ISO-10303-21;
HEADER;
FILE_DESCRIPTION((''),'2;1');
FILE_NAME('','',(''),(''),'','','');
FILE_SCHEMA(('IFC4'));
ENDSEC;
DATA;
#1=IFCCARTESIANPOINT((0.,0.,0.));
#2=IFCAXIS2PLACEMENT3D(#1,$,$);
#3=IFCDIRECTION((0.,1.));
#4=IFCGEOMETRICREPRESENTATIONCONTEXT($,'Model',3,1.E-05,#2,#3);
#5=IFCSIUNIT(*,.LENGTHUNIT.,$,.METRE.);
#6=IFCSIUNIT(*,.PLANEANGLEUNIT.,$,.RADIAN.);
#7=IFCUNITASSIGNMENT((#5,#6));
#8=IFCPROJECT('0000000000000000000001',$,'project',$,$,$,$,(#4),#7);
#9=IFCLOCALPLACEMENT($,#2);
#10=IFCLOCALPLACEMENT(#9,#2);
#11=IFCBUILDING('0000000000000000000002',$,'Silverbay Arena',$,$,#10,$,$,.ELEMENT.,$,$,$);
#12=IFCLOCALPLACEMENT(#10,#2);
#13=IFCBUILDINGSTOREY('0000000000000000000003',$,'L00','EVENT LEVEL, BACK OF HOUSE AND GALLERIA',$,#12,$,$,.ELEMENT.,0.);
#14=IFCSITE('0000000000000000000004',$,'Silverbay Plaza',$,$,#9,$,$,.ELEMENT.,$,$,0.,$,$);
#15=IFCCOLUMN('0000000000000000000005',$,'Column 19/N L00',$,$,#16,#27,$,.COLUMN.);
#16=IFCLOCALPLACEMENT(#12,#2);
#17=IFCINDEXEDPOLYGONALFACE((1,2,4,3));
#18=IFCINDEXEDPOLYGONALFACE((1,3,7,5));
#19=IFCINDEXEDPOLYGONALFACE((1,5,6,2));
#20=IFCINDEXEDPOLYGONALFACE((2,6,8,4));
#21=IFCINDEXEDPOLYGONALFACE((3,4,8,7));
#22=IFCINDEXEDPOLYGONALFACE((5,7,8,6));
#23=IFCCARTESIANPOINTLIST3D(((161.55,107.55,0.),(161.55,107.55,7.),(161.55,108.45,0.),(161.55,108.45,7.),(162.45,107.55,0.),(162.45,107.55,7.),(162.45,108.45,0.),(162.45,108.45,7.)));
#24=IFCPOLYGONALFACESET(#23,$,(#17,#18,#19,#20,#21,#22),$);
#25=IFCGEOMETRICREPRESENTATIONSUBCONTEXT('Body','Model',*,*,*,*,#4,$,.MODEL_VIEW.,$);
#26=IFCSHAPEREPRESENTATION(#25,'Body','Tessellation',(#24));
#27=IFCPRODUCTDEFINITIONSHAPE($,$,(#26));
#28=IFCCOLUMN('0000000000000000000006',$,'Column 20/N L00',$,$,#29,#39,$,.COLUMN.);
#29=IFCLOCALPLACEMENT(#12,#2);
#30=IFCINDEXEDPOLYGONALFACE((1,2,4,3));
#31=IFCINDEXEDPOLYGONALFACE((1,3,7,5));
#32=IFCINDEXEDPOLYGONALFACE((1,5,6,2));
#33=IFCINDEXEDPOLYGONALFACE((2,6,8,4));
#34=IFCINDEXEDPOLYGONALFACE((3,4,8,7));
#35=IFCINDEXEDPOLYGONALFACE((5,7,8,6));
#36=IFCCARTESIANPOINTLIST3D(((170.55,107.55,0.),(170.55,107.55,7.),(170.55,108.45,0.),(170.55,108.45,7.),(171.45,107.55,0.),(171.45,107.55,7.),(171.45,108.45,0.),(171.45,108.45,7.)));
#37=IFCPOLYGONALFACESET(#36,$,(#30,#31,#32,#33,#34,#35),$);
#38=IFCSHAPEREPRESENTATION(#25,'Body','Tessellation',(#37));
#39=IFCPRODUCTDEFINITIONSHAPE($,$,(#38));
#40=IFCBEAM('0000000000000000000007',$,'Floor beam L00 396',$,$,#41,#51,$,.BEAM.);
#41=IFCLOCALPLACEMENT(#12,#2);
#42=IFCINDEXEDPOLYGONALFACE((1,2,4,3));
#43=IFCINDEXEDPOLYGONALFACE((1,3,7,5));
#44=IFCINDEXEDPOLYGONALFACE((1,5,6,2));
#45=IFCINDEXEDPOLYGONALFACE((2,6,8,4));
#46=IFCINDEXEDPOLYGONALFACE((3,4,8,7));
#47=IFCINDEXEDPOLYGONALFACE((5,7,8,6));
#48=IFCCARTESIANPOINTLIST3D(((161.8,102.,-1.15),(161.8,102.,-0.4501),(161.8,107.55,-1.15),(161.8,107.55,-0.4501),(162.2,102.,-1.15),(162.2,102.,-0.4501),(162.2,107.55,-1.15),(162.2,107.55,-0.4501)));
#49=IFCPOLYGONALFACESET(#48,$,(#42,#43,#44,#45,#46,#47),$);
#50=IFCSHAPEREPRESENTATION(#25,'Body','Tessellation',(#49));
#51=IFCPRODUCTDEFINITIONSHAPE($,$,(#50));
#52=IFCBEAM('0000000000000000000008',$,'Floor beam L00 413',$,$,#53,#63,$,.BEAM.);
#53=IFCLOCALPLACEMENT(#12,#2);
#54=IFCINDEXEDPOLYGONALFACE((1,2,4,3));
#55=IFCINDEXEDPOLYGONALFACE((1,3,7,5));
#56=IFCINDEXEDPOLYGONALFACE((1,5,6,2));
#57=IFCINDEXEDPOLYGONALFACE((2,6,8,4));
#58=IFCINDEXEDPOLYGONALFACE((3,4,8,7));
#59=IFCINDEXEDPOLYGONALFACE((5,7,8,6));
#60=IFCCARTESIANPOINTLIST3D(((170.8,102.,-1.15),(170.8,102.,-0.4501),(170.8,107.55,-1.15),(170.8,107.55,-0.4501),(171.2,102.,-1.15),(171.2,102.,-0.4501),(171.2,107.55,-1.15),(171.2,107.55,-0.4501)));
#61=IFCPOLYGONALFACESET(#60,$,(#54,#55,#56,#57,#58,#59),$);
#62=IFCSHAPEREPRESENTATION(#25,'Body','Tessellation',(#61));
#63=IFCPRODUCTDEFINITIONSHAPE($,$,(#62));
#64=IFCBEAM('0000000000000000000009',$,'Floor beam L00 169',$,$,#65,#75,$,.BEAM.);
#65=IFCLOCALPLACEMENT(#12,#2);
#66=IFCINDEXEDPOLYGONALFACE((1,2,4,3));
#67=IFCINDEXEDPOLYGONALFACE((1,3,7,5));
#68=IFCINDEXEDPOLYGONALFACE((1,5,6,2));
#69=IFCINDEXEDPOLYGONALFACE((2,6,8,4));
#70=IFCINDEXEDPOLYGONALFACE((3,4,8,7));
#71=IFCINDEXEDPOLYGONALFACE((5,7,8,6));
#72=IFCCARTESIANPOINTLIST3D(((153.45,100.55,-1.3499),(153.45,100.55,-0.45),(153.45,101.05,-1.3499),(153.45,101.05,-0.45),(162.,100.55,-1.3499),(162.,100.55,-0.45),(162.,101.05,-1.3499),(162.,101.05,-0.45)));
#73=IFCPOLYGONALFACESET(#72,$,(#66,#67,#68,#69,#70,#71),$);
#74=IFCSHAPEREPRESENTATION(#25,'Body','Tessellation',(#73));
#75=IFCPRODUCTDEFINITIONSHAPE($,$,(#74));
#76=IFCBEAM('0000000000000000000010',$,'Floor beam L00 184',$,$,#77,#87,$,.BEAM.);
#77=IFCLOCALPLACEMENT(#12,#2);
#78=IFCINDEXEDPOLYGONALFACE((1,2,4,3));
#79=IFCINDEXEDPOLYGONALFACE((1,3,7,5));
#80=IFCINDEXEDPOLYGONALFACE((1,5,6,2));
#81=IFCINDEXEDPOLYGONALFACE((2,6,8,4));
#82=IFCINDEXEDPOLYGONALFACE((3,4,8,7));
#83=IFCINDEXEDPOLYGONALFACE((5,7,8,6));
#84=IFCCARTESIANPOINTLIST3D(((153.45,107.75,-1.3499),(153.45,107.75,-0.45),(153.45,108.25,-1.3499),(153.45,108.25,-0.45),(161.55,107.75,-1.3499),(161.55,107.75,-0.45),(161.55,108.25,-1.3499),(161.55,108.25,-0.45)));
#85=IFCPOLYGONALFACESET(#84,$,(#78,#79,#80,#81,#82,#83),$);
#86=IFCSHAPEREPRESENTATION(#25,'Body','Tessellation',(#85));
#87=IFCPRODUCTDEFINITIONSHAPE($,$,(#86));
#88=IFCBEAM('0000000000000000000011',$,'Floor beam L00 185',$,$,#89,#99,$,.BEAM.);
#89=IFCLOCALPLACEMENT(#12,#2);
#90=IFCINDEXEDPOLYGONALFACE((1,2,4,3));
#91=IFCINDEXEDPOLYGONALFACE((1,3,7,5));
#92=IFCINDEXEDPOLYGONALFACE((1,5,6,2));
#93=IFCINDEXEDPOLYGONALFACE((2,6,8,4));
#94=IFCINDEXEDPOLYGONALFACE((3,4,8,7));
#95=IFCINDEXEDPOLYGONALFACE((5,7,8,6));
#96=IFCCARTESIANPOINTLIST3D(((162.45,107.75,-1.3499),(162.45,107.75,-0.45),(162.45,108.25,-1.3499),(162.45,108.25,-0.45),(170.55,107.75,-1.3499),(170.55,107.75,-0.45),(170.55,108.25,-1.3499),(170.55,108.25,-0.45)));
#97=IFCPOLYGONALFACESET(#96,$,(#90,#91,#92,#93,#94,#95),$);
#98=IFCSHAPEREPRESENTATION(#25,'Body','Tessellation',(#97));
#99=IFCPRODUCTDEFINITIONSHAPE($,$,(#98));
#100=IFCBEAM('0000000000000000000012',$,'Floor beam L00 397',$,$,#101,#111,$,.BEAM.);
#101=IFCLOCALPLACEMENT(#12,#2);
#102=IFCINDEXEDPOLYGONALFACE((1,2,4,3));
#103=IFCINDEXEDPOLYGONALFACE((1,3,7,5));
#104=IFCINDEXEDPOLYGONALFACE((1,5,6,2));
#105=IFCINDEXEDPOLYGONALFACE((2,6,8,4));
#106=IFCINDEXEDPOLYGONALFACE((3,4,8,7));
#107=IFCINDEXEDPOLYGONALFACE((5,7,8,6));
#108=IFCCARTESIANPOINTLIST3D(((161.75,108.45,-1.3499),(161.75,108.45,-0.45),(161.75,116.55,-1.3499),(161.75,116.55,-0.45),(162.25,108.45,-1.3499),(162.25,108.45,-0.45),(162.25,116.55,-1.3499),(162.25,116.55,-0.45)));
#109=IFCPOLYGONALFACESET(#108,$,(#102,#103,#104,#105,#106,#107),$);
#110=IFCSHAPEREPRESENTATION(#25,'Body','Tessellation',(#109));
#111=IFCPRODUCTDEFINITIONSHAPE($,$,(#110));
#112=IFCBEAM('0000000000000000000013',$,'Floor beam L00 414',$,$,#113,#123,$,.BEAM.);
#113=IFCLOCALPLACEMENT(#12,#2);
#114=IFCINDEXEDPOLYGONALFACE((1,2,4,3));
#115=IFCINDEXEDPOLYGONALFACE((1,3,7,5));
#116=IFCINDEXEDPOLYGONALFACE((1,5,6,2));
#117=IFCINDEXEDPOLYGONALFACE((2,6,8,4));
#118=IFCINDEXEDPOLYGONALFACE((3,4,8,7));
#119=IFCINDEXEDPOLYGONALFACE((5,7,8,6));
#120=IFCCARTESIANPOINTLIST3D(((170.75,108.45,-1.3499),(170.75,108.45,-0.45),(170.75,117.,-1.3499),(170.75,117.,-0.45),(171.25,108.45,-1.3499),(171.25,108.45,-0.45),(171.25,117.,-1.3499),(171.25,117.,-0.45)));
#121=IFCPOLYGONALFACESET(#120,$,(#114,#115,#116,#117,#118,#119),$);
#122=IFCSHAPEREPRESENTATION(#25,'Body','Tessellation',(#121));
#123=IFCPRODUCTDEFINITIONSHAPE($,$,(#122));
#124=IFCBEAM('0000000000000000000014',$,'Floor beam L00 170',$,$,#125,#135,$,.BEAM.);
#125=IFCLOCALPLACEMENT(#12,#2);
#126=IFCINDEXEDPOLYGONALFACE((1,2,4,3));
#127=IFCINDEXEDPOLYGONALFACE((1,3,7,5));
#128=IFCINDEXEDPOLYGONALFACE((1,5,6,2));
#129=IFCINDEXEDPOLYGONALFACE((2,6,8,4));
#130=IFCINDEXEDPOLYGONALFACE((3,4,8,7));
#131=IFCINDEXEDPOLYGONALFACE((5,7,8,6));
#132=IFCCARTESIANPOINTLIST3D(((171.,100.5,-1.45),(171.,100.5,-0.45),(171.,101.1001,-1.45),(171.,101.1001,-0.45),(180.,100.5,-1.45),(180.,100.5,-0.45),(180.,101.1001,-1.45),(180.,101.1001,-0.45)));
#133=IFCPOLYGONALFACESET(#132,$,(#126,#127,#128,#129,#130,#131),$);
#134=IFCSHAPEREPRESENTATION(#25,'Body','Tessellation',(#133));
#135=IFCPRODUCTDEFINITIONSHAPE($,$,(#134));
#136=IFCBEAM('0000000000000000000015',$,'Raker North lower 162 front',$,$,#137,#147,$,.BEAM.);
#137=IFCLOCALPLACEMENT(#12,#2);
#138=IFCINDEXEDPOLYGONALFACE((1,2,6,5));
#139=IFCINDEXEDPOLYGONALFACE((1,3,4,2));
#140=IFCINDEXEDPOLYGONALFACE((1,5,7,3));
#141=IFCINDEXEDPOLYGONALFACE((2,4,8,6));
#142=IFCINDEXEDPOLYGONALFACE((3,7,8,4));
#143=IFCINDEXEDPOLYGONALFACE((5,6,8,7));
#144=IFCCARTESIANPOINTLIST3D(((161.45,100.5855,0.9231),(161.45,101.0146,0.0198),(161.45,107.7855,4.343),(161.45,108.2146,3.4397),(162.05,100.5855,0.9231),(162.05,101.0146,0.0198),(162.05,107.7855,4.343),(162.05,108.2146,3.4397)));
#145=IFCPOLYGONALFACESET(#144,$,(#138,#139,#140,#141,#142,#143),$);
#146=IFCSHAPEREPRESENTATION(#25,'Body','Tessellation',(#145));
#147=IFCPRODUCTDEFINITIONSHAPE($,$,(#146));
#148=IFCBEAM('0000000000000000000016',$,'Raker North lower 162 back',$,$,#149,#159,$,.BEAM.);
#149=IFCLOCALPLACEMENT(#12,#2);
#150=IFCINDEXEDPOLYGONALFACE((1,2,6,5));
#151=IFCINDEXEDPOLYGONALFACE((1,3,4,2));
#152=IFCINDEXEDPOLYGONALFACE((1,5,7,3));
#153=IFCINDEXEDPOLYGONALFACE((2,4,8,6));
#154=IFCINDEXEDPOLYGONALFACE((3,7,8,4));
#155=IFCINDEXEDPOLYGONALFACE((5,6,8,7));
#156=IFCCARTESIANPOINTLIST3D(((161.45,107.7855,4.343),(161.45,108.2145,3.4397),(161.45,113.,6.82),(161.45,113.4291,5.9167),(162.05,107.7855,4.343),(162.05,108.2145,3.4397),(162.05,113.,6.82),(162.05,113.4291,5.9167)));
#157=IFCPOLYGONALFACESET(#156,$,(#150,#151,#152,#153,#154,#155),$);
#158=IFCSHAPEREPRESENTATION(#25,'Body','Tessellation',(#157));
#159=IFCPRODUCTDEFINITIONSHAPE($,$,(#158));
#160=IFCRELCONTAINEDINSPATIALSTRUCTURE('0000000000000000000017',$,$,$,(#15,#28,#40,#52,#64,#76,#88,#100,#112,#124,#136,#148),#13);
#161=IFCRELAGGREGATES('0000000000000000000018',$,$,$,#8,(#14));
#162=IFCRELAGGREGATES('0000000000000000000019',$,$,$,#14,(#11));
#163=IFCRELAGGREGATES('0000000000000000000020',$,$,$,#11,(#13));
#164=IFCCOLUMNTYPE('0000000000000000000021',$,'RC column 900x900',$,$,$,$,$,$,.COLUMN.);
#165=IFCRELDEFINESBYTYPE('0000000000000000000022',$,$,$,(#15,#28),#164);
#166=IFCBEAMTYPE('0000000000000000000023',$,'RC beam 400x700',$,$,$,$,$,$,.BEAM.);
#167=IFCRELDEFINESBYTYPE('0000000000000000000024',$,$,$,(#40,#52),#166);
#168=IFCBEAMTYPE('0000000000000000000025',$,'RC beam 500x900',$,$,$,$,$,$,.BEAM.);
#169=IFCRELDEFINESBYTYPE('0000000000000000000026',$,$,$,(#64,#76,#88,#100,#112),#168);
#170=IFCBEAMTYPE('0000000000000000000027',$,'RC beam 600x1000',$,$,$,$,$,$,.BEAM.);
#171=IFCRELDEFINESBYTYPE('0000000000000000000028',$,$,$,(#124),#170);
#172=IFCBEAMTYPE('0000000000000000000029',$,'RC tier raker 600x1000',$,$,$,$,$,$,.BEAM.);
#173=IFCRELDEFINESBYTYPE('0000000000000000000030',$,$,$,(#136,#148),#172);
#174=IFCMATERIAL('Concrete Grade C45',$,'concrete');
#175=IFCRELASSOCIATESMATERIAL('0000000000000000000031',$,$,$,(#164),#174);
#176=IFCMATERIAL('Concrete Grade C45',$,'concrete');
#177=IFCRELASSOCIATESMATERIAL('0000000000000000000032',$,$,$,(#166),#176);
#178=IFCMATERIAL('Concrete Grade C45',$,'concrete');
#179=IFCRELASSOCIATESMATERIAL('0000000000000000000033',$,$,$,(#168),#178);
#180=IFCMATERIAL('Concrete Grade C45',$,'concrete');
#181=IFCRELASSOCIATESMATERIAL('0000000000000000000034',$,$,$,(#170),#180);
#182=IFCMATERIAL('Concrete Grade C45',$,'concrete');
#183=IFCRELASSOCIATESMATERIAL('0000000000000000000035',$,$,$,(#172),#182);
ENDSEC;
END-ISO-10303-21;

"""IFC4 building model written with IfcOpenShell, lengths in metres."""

from ifc_helpers import new_model, si_unit, direction, frame, origin, origin_2d, place, context, subcontext, project, spatial, rectangle, extrude, material, material_profile, profile_set, type_object, element, save


model = new_model("IFC4")

# Units and contexts
model_context = context("Model", 3, precision=1e-05, world=origin(), true_north=direction((0.0, 1.0)))
body_context = subcontext(model_context, "Body", "Model", "MODEL_VIEW")
ifc_project = project(units=[si_unit("LENGTHUNIT", "METRE"), si_unit("PLANEANGLEUNIT", "RADIAN")], contexts=[model_context])

# Site, building, storey
site_placement = place(None, origin())
site = spatial("IfcSite", under=ifc_project, at=site_placement, Name="Silverbay Plaza", CompositionType="ELEMENT", RefElevation=0.0)
building_placement = place(site_placement, origin())
building = spatial("IfcBuilding", under=site, at=building_placement, Name="Silverbay Arena", CompositionType="ELEMENT")
storey_placement = place(building_placement, origin())
storey = spatial("IfcBuildingStorey", under=building, at=storey_placement, Name="L00", Description="EVENT LEVEL, BACK OF HOUSE AND GALLERIA", CompositionType="ELEMENT", Elevation=0.0)

# Columns
ifc_material_1 = material(Name="Concrete Grade C45", Category="concrete")
ifc_material_profile_1 = material_profile(ifc_material_1, rectangle(XDim=0.8999, YDim=0.8999, at=origin_2d()), Name="RC 900x900")
ifc_profile_set_1 = profile_set([ifc_material_profile_1], Name="Concrete Grade C45")
column_type = type_object("IfcColumnType", Name="RC column 900x900", PredefinedType="COLUMN", material=ifc_profile_set_1)
for number, where, z_axis, x_axis, name in (
    (1, (162.0, 108.0, 0.0), (0.0, 0.0, 1.0), (1.0, 0.0, 0.0), "Column 19/N L00"),
    (2, (171.0, 108.0, 0.0), (0.0, 0.0, 1.0), (1.0, 0.0, 0.0), "Column 20/N L00"),
):
    element("IfcColumn", number, at=place(storey_placement, frame(where, z_axis=z_axis, x_axis=x_axis)), inside=storey, type_object=column_type, Name=name, PredefinedType="COLUMN", context=body_context, shape_type="SweptSolid", body=[
        extrude(rectangle(XDim=0.8999, YDim=0.8999, at=origin_2d()), origin(), (0.0, 0.0, 1.0), 7.0),
    ])

# Beams
ifc_material_2 = material(Name="Concrete Grade C45", Category="concrete")
ifc_material_profile_2 = material_profile(ifc_material_2, rectangle(XDim=0.3999, YDim=0.7, at=origin_2d()), Name="RC 400x700")
ifc_profile_set_2 = profile_set([ifc_material_profile_2], Name="Concrete Grade C45")
beam_type_1 = type_object("IfcBeamType", Name="RC beam 400x700", PredefinedType="BEAM", material=ifc_profile_set_2)
for number, where, z_axis, x_axis, name in (
    (3, (162.0, 102.0, -0.8), (0.0, 1.0, 0.0), (-1.0, 0.0, 0.0), "Floor beam L00 396"),
    (4, (171.0, 102.0, -0.8), (0.0, 1.0, 0.0), (-1.0, 0.0, 0.0), "Floor beam L00 413"),
):
    element("IfcBeam", number, at=place(storey_placement, frame(where, z_axis=z_axis, x_axis=x_axis)), inside=storey, type_object=beam_type_1, Name=name, PredefinedType="BEAM", context=body_context, shape_type="SweptSolid", body=[
        extrude(rectangle(XDim=0.3999, YDim=0.7, at=origin_2d()), origin(), (0.0, 0.0, 1.0), 5.55),
    ])
ifc_material_3 = material(Name="Concrete Grade C45", Category="concrete")
ifc_material_profile_3 = material_profile(ifc_material_3, rectangle(XDim=0.5, YDim=0.8999, at=origin_2d()), Name="RC 500x900")
ifc_profile_set_3 = profile_set([ifc_material_profile_3], Name="Concrete Grade C45")
beam_type_2 = type_object("IfcBeamType", Name="RC beam 500x900", PredefinedType="BEAM", material=ifc_profile_set_3)
beam_1_placement = place(storey_placement, frame((153.45, 100.8, -0.8999), z_axis=(1.0, 0.0, 0.0), x_axis=(0.0, 1.0, 0.0)))
element("IfcBeam", 5, at=beam_1_placement, inside=storey, type_object=beam_type_2, Name="Floor beam L00 169", PredefinedType="BEAM", context=body_context, shape_type="SweptSolid", body=[
    extrude(rectangle(XDim=0.5, YDim=0.8999, at=origin_2d()), origin(), (0.0, 0.0, 1.0), 8.55),
])
for number, where, z_axis, x_axis, name in (
    (6, (153.45, 108.0, -0.8999), (1.0, 0.0, 0.0), (0.0, 1.0, 0.0), "Floor beam L00 184"),
    (7, (162.45, 108.0, -0.8999), (1.0, 0.0, 0.0), (0.0, 1.0, 0.0), "Floor beam L00 185"),
    (8, (162.0, 108.45, -0.8999), (0.0, 1.0, 0.0), (-1.0, 0.0, 0.0), "Floor beam L00 397"),
):
    element("IfcBeam", number, at=place(storey_placement, frame(where, z_axis=z_axis, x_axis=x_axis)), inside=storey, type_object=beam_type_2, Name=name, PredefinedType="BEAM", context=body_context, shape_type="SweptSolid", body=[
        extrude(rectangle(XDim=0.5, YDim=0.8999, at=origin_2d()), origin(), (0.0, 0.0, 1.0), 8.1001),
    ])
beam_2_placement = place(storey_placement, frame((171.0, 108.45, -0.8999), z_axis=(0.0, 1.0, 0.0), x_axis=(-1.0, 0.0, 0.0)))
element("IfcBeam", 9, at=beam_2_placement, inside=storey, type_object=beam_type_2, Name="Floor beam L00 414", PredefinedType="BEAM", context=body_context, shape_type="SweptSolid", body=[
    extrude(rectangle(XDim=0.5, YDim=0.8999, at=origin_2d()), origin(), (0.0, 0.0, 1.0), 8.55),
])
ifc_material_4 = material(Name="Concrete Grade C45", Category="concrete")
ifc_material_profile_4 = material_profile(ifc_material_4, rectangle(XDim=0.6001, YDim=1.0, at=origin_2d()), Name="RC 600x1000")
ifc_profile_set_4 = profile_set([ifc_material_profile_4], Name="Concrete Grade C45")
beam_type_3 = type_object("IfcBeamType", Name="RC beam 600x1000", PredefinedType="BEAM", material=ifc_profile_set_4)
beam_3_placement = place(storey_placement, frame((171.0, 100.8, -0.95), z_axis=(1.0, 0.0, 0.0), x_axis=(0.0, 1.0, 0.0)))
element("IfcBeam", 10, at=beam_3_placement, inside=storey, type_object=beam_type_3, Name="Floor beam L00 170", PredefinedType="BEAM", context=body_context, shape_type="SweptSolid", body=[
    extrude(rectangle(XDim=0.6001, YDim=1.0, at=origin_2d()), origin(), (0.0, 0.0, 1.0), 9.0),
])
ifc_material_5 = material(Name="Concrete Grade C45", Category="concrete")
ifc_material_profile_5 = material_profile(ifc_material_5, rectangle(XDim=0.6001, YDim=1.0, at=origin_2d()), Name="RC 600x1000")
ifc_profile_set_5 = profile_set([ifc_material_profile_5], Name="Concrete Grade C45")
beam_type_4 = type_object("IfcBeamType", Name="RC tier raker 600x1000", PredefinedType="BEAM", material=ifc_profile_set_5)
beam_4_placement = place(storey_placement, frame((161.75, 100.8, 0.4714), z_axis=(0.0, 0.90328, 0.429051), x_axis=(-1.0, 0.0, 0.0)))
element("IfcBeam", 11, at=beam_4_placement, inside=storey, type_object=beam_type_4, Name="Raker North lower 162 front", PredefinedType="BEAM", context=body_context, shape_type="SweptSolid", body=[
    extrude(rectangle(XDim=0.6001, YDim=1.0, at=origin_2d()), origin(), (0.0, 0.0, 1.0), 7.9709),
])
beam_5_placement = place(storey_placement, frame((161.75, 108.0, 3.8914), z_axis=(0.0, 0.90327, 0.429073), x_axis=(-1.0, 0.0, 0.0)))
element("IfcBeam", 12, at=beam_5_placement, inside=storey, type_object=beam_type_4, Name="Raker North lower 162 back", PredefinedType="BEAM", context=body_context, shape_type="SweptSolid", body=[
    extrude(rectangle(XDim=0.6001, YDim=1.0, at=origin_2d()), origin(), (0.0, 0.0, 1.0), 5.7729),
])

save(model, "model.ifc")
